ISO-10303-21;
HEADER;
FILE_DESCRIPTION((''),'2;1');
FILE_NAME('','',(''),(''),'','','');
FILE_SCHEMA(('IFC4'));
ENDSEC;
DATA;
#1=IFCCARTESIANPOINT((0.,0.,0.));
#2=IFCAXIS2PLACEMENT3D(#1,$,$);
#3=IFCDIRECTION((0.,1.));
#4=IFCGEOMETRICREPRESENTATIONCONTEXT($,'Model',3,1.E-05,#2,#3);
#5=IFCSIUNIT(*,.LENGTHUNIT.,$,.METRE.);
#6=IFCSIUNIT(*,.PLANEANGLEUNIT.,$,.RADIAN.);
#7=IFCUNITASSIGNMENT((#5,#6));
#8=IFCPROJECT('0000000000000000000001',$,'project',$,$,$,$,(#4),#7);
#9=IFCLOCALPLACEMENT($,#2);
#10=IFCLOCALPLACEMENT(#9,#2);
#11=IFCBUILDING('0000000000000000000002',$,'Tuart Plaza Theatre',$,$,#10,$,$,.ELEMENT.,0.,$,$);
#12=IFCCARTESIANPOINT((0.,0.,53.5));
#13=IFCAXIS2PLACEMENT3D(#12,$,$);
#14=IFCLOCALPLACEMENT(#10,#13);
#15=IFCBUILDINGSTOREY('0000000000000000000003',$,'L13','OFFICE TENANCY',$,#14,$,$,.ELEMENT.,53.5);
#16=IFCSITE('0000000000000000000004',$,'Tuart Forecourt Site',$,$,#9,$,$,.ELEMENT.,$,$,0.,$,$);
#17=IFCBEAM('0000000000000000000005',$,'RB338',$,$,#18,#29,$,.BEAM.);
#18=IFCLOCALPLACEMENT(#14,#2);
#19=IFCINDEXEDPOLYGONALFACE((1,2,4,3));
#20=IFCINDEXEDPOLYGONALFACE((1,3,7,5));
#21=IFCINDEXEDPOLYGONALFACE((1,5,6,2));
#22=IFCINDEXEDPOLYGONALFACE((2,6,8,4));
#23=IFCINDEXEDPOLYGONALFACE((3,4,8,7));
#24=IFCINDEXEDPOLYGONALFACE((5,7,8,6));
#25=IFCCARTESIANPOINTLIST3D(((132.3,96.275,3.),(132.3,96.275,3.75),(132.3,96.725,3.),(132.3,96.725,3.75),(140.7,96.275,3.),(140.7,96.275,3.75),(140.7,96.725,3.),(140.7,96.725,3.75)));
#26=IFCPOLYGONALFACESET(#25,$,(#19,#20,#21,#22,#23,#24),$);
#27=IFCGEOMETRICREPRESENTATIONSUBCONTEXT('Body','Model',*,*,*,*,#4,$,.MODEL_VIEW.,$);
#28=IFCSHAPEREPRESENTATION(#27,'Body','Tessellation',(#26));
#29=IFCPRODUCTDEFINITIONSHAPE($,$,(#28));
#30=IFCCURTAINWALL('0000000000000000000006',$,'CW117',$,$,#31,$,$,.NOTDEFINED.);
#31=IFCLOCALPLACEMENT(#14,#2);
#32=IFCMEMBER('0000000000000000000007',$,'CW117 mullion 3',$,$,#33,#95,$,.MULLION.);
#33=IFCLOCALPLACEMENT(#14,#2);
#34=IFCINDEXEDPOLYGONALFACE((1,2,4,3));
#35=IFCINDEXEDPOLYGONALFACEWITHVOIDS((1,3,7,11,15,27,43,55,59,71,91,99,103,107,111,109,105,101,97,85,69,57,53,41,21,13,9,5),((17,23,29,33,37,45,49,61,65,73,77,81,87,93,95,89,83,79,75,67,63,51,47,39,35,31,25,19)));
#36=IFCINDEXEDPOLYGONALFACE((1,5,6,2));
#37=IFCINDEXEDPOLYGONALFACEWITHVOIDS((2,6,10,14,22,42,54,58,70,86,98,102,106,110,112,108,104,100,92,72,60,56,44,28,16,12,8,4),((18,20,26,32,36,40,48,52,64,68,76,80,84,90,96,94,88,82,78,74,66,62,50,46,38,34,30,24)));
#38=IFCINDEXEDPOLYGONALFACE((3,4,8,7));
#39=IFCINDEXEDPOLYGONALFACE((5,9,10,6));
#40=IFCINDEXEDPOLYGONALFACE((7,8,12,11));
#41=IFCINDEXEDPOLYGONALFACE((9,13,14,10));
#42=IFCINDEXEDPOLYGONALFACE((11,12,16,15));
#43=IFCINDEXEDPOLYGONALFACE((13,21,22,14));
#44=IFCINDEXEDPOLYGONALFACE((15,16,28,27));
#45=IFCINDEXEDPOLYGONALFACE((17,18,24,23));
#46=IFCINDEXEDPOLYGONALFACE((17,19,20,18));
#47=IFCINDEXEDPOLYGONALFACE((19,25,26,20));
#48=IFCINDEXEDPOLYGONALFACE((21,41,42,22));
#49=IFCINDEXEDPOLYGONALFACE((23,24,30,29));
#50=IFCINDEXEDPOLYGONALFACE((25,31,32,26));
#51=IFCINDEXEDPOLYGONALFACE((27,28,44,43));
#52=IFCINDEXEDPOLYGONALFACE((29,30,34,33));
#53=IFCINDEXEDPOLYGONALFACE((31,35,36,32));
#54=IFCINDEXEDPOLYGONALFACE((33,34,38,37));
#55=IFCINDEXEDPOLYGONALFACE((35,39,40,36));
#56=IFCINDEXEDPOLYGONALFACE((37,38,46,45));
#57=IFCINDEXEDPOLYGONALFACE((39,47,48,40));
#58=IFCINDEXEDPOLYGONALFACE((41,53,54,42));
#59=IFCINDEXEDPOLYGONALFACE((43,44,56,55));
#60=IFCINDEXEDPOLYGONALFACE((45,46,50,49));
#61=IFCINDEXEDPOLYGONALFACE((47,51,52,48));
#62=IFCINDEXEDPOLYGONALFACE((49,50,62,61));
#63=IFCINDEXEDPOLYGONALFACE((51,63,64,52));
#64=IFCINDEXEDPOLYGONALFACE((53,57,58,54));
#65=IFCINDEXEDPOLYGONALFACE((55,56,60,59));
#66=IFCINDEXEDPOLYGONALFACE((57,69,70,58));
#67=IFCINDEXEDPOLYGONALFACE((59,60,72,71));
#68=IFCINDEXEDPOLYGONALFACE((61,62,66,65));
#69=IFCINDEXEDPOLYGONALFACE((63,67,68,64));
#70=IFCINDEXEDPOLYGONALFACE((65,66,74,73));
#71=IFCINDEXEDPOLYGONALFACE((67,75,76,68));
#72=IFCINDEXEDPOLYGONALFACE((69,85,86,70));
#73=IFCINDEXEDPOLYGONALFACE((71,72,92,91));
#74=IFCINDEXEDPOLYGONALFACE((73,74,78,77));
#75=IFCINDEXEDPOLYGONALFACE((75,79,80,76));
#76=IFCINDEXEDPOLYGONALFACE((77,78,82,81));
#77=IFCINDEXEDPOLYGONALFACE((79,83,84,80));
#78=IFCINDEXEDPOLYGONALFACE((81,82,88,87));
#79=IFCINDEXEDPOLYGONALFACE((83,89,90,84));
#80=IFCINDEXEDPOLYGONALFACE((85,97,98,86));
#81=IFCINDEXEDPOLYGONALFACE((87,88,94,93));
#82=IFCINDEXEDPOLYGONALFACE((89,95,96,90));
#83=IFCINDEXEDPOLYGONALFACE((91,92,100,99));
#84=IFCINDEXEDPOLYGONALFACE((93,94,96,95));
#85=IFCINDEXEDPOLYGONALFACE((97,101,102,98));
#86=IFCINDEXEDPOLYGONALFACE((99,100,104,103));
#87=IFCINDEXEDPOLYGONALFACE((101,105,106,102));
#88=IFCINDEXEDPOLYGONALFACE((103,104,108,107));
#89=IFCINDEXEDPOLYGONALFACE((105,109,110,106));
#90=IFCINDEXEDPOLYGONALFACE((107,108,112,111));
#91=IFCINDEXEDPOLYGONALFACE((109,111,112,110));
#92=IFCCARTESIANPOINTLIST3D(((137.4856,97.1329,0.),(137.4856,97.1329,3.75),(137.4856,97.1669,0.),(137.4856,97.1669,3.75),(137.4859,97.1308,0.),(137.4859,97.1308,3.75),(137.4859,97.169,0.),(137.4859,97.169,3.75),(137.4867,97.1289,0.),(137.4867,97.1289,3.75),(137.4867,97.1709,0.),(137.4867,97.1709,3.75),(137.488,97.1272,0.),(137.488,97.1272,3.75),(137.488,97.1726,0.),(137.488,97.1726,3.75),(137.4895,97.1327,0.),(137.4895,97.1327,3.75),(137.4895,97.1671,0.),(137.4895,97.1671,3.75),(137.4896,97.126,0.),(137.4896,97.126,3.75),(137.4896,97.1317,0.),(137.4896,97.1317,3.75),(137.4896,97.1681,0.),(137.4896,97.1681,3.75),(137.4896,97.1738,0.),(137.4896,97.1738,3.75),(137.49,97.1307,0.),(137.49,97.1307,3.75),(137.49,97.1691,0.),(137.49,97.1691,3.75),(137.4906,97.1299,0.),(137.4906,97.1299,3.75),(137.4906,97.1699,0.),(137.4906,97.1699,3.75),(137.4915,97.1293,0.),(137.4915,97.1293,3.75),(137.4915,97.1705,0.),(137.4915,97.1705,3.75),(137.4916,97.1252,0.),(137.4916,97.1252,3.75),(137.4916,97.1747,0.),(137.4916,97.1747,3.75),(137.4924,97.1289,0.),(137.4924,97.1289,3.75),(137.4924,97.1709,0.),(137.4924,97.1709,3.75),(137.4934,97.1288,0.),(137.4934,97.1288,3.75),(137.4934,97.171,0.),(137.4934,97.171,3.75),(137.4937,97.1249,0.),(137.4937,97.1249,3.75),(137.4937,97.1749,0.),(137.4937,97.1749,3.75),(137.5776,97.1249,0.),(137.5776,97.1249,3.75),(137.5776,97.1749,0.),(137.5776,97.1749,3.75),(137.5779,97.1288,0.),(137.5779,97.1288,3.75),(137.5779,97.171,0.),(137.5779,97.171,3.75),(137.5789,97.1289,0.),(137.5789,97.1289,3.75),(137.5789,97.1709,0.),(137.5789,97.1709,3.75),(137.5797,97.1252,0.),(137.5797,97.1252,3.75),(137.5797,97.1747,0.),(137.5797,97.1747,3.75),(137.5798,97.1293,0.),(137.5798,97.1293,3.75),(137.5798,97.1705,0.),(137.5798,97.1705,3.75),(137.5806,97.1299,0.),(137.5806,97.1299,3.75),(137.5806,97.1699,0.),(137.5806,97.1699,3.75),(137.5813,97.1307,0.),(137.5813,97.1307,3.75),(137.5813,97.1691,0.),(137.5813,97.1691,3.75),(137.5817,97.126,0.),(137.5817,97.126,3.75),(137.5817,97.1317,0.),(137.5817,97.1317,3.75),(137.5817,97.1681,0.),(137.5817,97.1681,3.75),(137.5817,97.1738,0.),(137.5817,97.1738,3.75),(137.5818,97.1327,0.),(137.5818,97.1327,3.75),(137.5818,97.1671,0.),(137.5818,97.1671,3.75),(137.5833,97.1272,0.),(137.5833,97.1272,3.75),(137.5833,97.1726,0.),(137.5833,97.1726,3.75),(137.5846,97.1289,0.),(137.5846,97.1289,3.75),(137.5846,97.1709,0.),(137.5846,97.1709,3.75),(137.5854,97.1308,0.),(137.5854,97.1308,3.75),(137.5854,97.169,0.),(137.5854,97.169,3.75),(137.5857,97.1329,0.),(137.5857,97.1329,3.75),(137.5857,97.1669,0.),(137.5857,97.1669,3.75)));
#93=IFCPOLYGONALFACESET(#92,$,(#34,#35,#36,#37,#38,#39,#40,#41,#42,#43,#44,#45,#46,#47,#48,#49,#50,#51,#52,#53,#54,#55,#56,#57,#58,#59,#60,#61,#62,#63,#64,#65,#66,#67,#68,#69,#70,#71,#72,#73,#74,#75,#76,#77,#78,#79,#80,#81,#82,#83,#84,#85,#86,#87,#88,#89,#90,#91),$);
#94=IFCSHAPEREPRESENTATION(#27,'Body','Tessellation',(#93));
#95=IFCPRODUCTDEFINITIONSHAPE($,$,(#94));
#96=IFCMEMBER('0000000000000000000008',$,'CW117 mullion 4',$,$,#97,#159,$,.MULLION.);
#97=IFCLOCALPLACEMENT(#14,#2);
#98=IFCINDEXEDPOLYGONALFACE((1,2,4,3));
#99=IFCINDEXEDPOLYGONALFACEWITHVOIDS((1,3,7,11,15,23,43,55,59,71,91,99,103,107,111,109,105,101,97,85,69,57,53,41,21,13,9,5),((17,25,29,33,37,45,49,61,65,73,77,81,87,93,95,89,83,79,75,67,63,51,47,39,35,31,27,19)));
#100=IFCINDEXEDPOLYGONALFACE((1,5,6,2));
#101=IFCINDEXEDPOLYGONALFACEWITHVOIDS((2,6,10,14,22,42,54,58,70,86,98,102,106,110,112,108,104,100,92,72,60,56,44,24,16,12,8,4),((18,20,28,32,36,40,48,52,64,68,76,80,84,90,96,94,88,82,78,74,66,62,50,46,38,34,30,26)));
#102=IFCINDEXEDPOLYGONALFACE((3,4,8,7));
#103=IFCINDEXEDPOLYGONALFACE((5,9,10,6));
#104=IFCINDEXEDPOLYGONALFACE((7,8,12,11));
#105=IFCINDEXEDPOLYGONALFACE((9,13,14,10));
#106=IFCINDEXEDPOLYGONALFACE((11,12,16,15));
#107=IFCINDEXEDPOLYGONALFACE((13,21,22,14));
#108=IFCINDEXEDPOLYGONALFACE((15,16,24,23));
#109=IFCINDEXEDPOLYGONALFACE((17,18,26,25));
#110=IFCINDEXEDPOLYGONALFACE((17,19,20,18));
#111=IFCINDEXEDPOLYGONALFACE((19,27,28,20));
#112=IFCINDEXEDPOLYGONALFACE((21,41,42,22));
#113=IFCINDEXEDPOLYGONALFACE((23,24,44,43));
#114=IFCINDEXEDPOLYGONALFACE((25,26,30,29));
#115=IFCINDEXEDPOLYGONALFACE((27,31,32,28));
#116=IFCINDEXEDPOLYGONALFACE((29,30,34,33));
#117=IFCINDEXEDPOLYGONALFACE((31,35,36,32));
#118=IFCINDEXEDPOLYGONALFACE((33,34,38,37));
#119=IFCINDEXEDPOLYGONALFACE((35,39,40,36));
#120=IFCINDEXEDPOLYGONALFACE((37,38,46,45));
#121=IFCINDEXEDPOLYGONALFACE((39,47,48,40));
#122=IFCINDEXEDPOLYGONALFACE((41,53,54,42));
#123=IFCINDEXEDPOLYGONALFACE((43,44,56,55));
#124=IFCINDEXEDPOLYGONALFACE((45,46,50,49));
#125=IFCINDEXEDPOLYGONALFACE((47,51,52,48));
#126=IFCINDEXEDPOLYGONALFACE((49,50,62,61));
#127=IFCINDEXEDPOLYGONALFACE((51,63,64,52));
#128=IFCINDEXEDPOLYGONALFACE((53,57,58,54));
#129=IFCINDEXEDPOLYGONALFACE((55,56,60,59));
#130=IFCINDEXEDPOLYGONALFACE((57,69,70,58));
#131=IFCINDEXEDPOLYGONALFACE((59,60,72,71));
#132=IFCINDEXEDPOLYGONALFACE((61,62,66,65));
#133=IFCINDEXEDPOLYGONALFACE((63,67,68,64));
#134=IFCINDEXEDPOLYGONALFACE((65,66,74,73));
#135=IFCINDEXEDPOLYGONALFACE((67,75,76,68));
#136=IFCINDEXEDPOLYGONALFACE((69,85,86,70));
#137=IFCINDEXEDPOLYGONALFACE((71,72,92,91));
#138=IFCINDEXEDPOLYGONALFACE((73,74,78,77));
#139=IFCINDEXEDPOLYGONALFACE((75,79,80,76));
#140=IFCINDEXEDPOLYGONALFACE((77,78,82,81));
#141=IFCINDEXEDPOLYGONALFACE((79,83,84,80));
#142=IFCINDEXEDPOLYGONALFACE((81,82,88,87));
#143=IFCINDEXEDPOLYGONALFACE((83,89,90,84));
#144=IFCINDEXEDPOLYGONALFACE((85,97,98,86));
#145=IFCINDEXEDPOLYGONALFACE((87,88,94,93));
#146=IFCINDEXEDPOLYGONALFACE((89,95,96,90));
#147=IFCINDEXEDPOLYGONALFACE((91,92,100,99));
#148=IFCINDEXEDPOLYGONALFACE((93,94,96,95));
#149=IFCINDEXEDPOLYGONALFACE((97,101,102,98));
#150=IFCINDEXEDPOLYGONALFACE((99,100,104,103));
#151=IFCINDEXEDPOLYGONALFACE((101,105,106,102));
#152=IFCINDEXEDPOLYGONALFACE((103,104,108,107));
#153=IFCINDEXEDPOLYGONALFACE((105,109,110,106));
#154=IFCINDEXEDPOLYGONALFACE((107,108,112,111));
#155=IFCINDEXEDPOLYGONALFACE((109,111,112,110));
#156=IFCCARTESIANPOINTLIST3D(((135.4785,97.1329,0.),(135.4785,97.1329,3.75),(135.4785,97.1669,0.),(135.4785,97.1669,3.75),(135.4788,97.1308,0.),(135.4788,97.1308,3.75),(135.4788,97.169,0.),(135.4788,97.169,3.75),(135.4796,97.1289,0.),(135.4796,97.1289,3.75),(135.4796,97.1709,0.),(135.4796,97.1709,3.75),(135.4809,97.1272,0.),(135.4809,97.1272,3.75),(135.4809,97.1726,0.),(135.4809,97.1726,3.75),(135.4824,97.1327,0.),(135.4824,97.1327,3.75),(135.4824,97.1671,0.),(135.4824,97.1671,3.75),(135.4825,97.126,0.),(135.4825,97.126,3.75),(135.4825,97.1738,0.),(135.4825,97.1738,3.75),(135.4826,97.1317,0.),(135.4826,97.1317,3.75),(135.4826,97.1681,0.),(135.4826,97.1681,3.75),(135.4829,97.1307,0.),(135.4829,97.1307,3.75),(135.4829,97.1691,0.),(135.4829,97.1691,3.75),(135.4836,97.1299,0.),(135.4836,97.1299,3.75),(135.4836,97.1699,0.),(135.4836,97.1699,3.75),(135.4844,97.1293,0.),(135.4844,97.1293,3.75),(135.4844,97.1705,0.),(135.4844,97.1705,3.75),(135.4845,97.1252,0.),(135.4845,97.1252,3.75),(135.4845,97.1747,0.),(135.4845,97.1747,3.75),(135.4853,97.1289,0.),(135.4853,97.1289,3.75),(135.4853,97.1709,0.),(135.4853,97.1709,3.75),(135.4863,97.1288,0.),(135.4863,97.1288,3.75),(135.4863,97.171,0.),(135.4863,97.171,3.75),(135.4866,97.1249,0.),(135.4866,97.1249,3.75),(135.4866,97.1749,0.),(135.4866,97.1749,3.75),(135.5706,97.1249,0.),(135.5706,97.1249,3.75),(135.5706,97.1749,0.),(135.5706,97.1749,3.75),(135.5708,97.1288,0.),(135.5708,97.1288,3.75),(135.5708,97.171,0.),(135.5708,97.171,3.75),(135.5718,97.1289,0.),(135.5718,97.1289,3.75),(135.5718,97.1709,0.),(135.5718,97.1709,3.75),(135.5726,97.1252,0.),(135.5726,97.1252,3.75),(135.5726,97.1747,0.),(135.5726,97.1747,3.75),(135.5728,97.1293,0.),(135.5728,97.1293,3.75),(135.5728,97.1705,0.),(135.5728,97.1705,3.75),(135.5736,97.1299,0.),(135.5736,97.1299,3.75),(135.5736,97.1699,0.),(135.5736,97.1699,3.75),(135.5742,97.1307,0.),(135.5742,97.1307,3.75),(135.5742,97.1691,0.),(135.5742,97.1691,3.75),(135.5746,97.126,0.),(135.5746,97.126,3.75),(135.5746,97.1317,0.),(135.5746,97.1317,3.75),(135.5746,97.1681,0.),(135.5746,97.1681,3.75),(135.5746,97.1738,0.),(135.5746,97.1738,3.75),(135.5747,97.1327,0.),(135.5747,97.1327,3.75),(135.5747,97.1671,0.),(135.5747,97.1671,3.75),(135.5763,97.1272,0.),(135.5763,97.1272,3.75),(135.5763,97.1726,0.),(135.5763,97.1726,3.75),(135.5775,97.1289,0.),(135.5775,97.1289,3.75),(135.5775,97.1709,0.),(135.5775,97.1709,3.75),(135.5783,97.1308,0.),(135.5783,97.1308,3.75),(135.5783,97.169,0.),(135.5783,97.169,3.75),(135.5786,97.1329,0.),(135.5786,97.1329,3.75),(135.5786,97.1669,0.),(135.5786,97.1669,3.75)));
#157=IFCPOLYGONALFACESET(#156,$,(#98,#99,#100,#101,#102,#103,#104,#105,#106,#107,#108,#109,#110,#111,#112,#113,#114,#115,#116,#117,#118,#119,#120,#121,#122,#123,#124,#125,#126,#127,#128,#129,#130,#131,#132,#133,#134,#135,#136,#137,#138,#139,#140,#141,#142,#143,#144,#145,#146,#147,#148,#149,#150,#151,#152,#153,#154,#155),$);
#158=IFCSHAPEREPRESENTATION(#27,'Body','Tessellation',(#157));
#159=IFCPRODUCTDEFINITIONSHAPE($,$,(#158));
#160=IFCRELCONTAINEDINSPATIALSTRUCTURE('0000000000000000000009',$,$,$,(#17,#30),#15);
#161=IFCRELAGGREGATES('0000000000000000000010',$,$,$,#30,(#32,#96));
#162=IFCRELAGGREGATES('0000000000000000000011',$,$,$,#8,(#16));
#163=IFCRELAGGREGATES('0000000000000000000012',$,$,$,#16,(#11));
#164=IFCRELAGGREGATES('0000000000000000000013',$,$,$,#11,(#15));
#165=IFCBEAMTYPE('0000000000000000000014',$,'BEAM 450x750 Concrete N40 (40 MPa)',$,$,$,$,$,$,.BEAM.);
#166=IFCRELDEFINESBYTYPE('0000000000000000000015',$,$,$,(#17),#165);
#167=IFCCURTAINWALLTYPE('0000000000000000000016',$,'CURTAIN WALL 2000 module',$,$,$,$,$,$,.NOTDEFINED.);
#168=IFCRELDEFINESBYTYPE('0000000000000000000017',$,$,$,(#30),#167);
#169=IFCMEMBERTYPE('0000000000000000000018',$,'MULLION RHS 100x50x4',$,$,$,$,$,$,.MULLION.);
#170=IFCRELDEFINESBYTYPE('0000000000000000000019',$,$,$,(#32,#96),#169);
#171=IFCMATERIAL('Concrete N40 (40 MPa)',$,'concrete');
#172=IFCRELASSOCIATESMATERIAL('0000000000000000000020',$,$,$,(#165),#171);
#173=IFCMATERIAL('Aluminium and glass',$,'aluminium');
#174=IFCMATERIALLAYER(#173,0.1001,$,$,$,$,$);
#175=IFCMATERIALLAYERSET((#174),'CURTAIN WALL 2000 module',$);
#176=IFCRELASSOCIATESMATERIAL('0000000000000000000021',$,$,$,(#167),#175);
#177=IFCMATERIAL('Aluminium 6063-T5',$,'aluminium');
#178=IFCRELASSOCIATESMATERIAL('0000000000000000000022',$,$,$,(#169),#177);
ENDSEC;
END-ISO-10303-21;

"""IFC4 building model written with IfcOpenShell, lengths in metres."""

from ifc_helpers import new_model, si_unit, direction, frame, origin, origin_2d, place, context, subcontext, project, spatial, rectangle, hollow_rectangle, extrude, material, layer, layer_set, material_profile, profile_set, type_object, element, aggregate, save


model = new_model("IFC4")

# Units and contexts
model_context = context("Model", 3, precision=1e-05, world=origin(), true_north=direction((0.0, 1.0)))
body_context = subcontext(model_context, "Body", "Model", "MODEL_VIEW")
ifc_project = project(units=[si_unit("LENGTHUNIT", "METRE"), si_unit("PLANEANGLEUNIT", "RADIAN")], contexts=[model_context])

# Site, building, storey
site_placement = place(None, origin())
site = spatial("IfcSite", under=ifc_project, at=site_placement, Name="Tuart Forecourt Site", CompositionType="ELEMENT", RefElevation=0.0)
building_placement = place(site_placement, origin())
building = spatial("IfcBuilding", under=site, at=building_placement, Name="Tuart Plaza Theatre", CompositionType="ELEMENT", ElevationOfRefHeight=0.0)
storey_placement = place(building_placement, frame((0.0, 0.0, 53.5)))
storey = spatial("IfcBuildingStorey", under=building, at=storey_placement, Name="L13", Description="OFFICE TENANCY", CompositionType="ELEMENT", Elevation=53.5)

# Beam
ifc_material_1 = material(Name="Concrete N40 (40 MPa)", Category="concrete")
ifc_material_profile_1 = material_profile(ifc_material_1, rectangle(XDim=0.45, YDim=0.75, at=origin_2d()), Name="BEAM 450x750 Concrete N40 (40 MPa)")
ifc_profile_set_1 = profile_set([ifc_material_profile_1], Name="Concrete N40 (40 MPa)")
beam_type = type_object("IfcBeamType", Name="BEAM 450x750 Concrete N40 (40 MPa)", PredefinedType="BEAM", material=ifc_profile_set_1)
beam_placement = place(storey_placement, frame((132.3, 96.5, 3.375), z_axis=(1.0, 0.0, 0.0), x_axis=(0.0, 1.0, 0.0)))
element("IfcBeam", 1, at=beam_placement, inside=storey, type_object=beam_type, Name="RB338", PredefinedType="BEAM", context=body_context, shape_type="SweptSolid", body=[
    extrude(rectangle(XDim=0.45, YDim=0.75, at=origin_2d()), origin(), (0.0, 0.0, 1.0), 8.3999),
])

# Curtain wall, members
ifc_material_2 = material(Name="Aluminium and glass", Category="aluminium")
ifc_layer_1 = layer(ifc_material_2, 0.1001)
ifc_layer_set_1 = layer_set([ifc_layer_1], Name="CURTAIN WALL 2000 module")
curtain_wall_type = type_object("IfcCurtainWallType", Name="CURTAIN WALL 2000 module", PredefinedType="NOTDEFINED", material=ifc_layer_set_1)
curtain_wall_placement = place(storey_placement, origin())
curtain_wall = element("IfcCurtainWall", 2, at=curtain_wall_placement, inside=storey, type_object=curtain_wall_type, Name="CW117", PredefinedType="NOTDEFINED")
ifc_material_3 = material(Name="Aluminium 6063-T5", Category="aluminium")
ifc_material_profile_2 = material_profile(ifc_material_3, hollow_rectangle(XDim=0.05, YDim=0.1001, WallThickness=0.0039, InnerFilletRadius=0.0039, OuterFilletRadius=0.0081, at=origin_2d()), Name="RHS 100x50x4")
ifc_profile_set_2 = profile_set([ifc_material_profile_2], Name="Aluminium 6063-T5")
member_type_1 = type_object("IfcMemberType", Name="MULLION RHS 100x50x4", PredefinedType="MULLION", material=ifc_profile_set_2)
member_1_placement = place(storey_placement, frame((137.5356, 97.1499, 0.0), z_axis=(0.0, 0.0, 1.0), x_axis=(0.0, -1.0, 0.0)))
member_1 = element("IfcMember", 3, at=member_1_placement, type_object=member_type_1, Name="CW117 mullion 3", PredefinedType="MULLION", context=body_context, shape_type="SweptSolid", body=[
    extrude(hollow_rectangle(XDim=0.05, YDim=0.1001, WallThickness=0.0039, InnerFilletRadius=0.0039, OuterFilletRadius=0.0081, at=origin_2d()), origin(), (0.0, 0.0, 1.0), 3.75),
])
member_2_placement = place(storey_placement, frame((135.5286, 97.1499, 0.0), z_axis=(0.0, 0.0, 1.0), x_axis=(0.0, -1.0, 0.0)))
member_2 = element("IfcMember", 4, at=member_2_placement, type_object=member_type_1, Name="CW117 mullion 4", PredefinedType="MULLION", context=body_context, shape_type="SweptSolid", body=[
    extrude(hollow_rectangle(XDim=0.05, YDim=0.1001, WallThickness=0.0039, InnerFilletRadius=0.0039, OuterFilletRadius=0.0081, at=origin_2d()), origin(), (0.0, 0.0, 1.0), 3.75),
])
aggregate(curtain_wall, [member_1, member_2])

save(model, "model.ifc")
